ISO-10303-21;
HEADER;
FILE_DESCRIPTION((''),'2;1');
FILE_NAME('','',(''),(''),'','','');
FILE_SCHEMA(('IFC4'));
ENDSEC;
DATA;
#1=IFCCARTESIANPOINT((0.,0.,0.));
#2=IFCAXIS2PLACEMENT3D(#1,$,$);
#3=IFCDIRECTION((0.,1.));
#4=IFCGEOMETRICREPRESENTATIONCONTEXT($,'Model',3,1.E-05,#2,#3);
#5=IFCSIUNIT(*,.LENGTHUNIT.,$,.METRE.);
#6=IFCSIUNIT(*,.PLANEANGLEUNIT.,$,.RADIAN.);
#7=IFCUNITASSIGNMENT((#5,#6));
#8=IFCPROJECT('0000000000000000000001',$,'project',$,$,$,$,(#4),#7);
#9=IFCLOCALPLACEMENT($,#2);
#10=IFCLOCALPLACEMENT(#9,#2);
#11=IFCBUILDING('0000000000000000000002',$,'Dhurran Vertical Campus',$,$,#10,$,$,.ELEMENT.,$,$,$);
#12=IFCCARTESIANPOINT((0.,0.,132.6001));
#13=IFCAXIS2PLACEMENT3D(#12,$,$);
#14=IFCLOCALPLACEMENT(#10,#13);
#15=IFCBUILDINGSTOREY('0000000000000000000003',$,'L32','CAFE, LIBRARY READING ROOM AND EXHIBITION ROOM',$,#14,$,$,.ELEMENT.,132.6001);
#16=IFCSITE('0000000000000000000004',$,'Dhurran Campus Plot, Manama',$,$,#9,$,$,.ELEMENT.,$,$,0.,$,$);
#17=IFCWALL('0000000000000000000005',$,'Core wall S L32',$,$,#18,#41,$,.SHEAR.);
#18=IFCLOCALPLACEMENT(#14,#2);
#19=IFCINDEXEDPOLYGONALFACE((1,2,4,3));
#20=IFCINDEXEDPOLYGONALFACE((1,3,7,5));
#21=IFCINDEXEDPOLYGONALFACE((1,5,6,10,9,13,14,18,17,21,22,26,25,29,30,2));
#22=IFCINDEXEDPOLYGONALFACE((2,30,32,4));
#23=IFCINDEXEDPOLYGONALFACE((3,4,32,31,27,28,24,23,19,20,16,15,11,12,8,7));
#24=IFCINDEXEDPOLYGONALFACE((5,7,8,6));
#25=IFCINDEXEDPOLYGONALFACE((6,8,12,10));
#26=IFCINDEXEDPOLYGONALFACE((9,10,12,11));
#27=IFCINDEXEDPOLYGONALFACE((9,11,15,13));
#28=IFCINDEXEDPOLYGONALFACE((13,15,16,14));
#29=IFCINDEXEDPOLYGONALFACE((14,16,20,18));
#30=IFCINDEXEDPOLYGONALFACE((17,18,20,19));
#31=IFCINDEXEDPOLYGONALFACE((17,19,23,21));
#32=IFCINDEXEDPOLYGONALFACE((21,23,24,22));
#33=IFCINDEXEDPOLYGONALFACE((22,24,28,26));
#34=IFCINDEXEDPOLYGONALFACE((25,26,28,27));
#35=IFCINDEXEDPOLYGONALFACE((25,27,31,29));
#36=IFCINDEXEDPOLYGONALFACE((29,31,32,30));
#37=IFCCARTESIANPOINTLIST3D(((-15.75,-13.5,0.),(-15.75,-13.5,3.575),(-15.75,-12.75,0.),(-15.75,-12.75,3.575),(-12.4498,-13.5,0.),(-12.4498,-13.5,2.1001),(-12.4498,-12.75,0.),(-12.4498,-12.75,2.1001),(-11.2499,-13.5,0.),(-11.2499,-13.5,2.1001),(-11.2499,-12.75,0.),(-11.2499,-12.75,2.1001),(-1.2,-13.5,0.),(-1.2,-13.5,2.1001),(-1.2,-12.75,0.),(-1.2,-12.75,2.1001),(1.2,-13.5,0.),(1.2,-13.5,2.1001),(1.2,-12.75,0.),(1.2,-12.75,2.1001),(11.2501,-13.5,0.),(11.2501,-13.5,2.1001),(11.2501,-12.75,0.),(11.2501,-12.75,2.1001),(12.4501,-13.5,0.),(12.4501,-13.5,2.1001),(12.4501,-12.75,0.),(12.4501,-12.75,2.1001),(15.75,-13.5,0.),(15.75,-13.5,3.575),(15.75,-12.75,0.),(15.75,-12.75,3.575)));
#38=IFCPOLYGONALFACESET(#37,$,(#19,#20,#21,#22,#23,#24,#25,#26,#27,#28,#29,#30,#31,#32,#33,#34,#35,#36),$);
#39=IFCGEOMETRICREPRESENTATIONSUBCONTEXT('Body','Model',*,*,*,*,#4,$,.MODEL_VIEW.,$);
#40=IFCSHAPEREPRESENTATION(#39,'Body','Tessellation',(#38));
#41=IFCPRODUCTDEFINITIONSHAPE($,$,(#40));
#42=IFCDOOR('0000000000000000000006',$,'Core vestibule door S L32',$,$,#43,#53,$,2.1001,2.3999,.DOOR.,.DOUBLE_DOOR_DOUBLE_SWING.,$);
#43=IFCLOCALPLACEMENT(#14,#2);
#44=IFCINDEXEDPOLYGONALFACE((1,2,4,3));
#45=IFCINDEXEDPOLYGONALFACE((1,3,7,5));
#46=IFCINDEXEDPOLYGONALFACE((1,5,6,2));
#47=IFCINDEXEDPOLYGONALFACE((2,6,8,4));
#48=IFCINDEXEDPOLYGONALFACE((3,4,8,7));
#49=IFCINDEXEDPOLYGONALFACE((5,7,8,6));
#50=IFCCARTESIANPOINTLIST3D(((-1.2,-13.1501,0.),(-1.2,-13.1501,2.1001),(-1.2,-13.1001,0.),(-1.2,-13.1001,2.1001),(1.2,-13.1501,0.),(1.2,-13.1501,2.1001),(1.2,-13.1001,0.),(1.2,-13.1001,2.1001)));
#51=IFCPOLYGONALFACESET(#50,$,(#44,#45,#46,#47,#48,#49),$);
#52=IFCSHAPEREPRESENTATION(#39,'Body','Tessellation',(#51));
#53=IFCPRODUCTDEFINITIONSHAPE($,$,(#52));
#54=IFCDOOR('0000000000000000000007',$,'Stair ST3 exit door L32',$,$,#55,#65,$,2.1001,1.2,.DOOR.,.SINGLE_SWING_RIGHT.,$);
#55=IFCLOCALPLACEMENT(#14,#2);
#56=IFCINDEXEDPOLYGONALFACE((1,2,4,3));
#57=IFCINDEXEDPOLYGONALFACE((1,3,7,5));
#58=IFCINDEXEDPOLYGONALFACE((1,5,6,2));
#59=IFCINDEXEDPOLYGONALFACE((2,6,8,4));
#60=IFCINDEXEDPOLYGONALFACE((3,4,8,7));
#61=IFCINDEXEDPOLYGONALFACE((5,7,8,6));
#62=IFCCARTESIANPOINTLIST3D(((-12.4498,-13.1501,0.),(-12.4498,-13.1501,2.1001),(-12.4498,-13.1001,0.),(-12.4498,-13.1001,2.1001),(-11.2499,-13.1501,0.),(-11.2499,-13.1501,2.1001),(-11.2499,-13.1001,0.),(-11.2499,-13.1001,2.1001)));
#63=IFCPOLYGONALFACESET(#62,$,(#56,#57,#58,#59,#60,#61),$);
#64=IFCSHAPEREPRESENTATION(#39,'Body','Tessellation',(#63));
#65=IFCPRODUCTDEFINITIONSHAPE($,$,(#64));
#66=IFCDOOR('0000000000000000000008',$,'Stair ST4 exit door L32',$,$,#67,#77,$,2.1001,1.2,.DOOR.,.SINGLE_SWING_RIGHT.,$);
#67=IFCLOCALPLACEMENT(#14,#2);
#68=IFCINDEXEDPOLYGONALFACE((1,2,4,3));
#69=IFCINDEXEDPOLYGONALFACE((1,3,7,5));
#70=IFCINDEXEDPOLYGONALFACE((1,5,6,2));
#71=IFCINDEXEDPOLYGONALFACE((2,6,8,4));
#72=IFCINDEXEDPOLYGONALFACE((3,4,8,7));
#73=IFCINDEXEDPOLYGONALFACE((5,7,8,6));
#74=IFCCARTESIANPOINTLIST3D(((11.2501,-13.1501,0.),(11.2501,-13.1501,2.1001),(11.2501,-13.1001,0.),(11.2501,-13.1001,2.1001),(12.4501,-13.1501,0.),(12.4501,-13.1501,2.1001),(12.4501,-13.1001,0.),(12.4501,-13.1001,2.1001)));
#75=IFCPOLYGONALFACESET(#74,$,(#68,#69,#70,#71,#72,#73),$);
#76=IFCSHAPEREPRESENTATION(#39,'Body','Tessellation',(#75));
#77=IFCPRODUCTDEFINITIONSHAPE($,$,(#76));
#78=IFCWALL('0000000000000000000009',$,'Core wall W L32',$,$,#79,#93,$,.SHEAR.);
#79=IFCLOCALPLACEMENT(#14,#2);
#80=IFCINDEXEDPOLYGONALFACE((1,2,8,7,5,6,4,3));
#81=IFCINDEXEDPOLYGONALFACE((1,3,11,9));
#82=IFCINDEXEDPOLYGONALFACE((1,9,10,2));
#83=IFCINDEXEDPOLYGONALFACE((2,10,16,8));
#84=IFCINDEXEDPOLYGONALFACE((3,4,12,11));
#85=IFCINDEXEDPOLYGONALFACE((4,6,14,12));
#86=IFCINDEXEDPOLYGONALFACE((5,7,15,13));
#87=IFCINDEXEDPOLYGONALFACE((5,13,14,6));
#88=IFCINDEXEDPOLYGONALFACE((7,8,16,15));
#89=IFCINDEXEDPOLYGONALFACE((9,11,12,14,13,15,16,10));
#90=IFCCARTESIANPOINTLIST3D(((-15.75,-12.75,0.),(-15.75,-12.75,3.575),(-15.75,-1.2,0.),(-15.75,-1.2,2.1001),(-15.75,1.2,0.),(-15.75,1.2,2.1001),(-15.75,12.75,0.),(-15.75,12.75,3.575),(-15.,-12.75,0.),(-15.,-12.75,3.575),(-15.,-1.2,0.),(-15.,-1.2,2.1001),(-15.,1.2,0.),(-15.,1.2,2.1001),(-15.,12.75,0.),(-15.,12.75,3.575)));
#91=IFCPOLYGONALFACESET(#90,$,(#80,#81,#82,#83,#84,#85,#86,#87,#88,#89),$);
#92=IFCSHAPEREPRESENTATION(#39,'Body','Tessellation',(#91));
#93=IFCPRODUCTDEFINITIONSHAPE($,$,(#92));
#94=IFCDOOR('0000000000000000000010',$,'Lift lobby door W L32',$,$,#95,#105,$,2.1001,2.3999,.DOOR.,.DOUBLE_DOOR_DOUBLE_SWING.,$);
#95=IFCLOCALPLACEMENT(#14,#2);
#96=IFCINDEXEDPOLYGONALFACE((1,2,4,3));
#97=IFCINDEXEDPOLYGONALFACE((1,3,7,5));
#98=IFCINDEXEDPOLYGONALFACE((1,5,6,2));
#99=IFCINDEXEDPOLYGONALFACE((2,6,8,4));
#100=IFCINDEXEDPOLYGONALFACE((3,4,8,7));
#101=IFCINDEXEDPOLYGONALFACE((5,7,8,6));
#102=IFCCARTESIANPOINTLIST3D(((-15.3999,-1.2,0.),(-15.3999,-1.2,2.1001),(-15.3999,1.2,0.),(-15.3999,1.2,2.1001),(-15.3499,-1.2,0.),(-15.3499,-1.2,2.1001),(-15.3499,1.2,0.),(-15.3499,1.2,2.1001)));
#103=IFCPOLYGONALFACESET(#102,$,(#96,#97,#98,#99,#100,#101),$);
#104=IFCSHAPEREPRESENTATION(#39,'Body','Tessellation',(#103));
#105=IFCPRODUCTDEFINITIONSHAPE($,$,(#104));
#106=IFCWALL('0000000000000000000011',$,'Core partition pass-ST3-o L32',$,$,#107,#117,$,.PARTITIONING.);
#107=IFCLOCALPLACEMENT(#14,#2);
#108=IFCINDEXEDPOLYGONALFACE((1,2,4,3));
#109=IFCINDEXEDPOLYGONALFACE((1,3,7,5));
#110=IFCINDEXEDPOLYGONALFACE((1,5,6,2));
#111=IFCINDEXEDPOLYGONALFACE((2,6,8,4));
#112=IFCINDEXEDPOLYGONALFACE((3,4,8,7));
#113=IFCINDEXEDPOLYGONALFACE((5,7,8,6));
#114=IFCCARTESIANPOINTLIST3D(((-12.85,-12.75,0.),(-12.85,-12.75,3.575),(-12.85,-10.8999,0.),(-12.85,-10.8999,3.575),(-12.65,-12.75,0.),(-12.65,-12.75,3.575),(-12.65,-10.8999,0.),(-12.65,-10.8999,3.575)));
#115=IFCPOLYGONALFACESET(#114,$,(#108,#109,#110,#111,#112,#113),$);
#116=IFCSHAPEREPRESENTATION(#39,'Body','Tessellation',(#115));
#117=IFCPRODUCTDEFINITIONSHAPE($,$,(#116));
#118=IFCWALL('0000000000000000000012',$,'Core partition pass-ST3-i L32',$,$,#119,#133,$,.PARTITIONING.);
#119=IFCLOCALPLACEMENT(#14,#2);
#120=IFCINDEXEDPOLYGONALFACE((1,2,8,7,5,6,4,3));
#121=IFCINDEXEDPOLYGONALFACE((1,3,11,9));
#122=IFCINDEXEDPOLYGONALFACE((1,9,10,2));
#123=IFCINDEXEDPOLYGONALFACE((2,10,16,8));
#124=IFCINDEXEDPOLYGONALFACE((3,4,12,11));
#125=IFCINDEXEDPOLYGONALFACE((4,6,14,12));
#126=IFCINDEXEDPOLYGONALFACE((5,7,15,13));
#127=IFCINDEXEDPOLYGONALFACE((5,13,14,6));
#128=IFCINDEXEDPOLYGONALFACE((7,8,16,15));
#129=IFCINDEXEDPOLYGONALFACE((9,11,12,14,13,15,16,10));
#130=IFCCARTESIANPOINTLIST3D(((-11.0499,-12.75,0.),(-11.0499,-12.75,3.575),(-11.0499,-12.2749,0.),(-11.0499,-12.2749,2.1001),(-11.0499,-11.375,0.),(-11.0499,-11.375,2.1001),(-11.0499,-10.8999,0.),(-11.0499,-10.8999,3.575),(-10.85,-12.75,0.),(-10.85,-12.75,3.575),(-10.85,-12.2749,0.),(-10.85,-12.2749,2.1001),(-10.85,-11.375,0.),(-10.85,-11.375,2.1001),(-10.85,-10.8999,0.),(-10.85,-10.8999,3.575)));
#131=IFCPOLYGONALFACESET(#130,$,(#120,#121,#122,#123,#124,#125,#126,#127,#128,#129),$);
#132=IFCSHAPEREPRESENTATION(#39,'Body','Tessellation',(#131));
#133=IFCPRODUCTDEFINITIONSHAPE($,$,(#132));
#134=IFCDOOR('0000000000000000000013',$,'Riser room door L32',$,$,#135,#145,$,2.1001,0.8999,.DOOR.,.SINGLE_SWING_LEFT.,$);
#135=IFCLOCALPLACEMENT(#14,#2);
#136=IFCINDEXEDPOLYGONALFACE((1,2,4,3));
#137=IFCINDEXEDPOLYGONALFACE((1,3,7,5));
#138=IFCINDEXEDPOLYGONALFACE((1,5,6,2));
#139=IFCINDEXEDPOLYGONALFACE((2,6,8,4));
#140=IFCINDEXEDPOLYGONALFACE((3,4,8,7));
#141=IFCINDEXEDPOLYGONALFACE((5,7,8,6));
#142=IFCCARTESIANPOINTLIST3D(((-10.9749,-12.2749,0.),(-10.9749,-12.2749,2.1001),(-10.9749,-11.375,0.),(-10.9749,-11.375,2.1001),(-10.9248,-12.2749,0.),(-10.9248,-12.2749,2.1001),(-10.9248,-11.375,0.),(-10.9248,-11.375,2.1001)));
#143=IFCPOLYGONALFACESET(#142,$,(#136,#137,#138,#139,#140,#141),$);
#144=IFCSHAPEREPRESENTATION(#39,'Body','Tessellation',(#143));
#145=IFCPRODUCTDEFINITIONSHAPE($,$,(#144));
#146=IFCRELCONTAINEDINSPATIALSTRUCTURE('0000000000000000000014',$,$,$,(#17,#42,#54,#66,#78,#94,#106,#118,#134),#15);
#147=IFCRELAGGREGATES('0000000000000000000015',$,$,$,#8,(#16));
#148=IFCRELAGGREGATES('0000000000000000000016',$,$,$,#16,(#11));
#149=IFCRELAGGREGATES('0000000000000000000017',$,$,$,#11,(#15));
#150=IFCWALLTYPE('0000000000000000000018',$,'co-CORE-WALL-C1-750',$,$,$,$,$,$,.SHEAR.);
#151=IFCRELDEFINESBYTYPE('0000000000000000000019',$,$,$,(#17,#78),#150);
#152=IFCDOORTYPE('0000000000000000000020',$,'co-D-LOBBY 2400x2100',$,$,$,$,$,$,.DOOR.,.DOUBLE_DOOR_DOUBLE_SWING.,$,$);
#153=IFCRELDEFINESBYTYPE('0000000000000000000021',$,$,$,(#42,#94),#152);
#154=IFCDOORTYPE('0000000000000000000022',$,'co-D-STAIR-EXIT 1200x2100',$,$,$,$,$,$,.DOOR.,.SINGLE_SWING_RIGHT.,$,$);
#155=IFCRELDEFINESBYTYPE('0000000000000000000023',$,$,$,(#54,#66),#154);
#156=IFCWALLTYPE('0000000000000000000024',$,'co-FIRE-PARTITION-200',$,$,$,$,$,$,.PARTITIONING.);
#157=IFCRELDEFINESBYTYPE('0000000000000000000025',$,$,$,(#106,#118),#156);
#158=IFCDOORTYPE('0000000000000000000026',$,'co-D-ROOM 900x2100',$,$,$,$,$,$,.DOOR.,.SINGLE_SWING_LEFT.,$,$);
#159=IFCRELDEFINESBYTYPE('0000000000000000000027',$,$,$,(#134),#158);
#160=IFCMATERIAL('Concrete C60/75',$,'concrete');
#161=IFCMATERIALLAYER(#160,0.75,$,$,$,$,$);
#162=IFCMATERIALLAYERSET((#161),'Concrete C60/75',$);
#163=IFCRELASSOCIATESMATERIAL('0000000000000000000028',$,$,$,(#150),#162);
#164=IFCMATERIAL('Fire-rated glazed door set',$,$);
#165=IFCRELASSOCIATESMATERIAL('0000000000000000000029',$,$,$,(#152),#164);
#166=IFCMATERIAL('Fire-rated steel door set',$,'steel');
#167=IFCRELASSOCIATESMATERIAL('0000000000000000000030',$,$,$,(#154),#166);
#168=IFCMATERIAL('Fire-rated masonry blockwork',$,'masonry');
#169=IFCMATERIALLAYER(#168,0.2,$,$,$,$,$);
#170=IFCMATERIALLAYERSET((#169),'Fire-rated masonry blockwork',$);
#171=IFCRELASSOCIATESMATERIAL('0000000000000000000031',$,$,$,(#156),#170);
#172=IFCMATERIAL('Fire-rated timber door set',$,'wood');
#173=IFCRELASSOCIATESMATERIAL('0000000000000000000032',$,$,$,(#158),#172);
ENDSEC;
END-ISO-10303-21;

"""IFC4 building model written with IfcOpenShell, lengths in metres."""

from ifc_helpers import new_model, si_unit, direction, frame, frame_2d, origin, place, context, subcontext, project, spatial, rectangle, extrude, material, layer, layer_set, type_object, element, fill, save


model = new_model("IFC4")

# Units and contexts
model_context = context("Model", 3, precision=1e-05, world=origin(), true_north=direction((0.0, 1.0)))
body_context = subcontext(model_context, "Body", "Model", "MODEL_VIEW")
ifc_project = project(units=[si_unit("LENGTHUNIT", "METRE"), si_unit("PLANEANGLEUNIT", "RADIAN")], contexts=[model_context])

# Site, building, storey
site_placement = place(None, origin())
site = spatial("IfcSite", under=ifc_project, at=site_placement, Name="Dhurran Campus Plot, Manama", CompositionType="ELEMENT", RefElevation=0.0)
building_placement = place(site_placement, origin())
building = spatial("IfcBuilding", under=site, at=building_placement, Name="Dhurran Vertical Campus", CompositionType="ELEMENT")
storey_placement = place(building_placement, frame((0.0, 0.0, 132.6001)))
storey = spatial("IfcBuildingStorey", under=building, at=storey_placement, Name="L32", Description="CAFE, LIBRARY READING ROOM AND EXHIBITION ROOM", CompositionType="ELEMENT", Elevation=132.6001)

# Wall, openings, doors
ifc_material_1 = material(Name="Concrete C60/75", Category="concrete")
ifc_layer_1 = layer(ifc_material_1, 0.75)
ifc_layer_set_1 = layer_set([ifc_layer_1], Name="Concrete C60/75")
wall_type_1 = type_object("IfcWallType", Name="co-CORE-WALL-C1-750", PredefinedType="SHEAR", material=ifc_layer_set_1)
wall_1_placement = place(storey_placement, frame((-15.75, -13.125, 0.0), z_axis=(0.0, 0.0, 1.0), x_axis=(1.0, 0.0, 0.0)))
wall_1 = element("IfcWall", 1, at=wall_1_placement, inside=storey, type_object=wall_type_1, Name="Core wall S L32", PredefinedType="SHEAR", context=body_context, shape_type="SweptSolid", body=[
    extrude(rectangle(XDim=31.5, YDim=0.75, at=frame_2d((15.75, 0.0))), origin(), (0.0, 0.0, 1.0), 3.575),
])
opening_1_placement = place(wall_1_placement, frame((14.55, 0.0, 0.0)))
opening_1 = element("IfcOpeningElement", 2, at=opening_1_placement, cuts=wall_1, PredefinedType="OPENING", context=body_context, shape_type="SweptSolid", body=[
    extrude(rectangle(XDim=2.3999, YDim=2.1001, at=frame_2d((1.2, 1.05))), frame((0.0, 0.385, 0.0), z_axis=(0.0, -1.0, 0.0), x_axis=(1.0, 0.0, 0.0)), (0.0, 0.0, 1.0), 0.77),
])
opening_2_placement = place(wall_1_placement, frame((3.3, 0.0, 0.0)))
opening_2 = element("IfcOpeningElement", 3, at=opening_2_placement, cuts=wall_1, PredefinedType="OPENING", context=body_context, shape_type="SweptSolid", body=[
    extrude(rectangle(XDim=1.2, YDim=2.1001, at=frame_2d((0.6001, 1.05))), frame((0.0, 0.385, 0.0), z_axis=(0.0, -1.0, 0.0), x_axis=(1.0, 0.0, 0.0)), (0.0, 0.0, 1.0), 0.77),
])
opening_3_placement = place(wall_1_placement, frame((27.0, 0.0, 0.0)))
opening_3 = element("IfcOpeningElement", 4, at=opening_3_placement, cuts=wall_1, PredefinedType="OPENING", context=body_context, shape_type="SweptSolid", body=[
    extrude(rectangle(XDim=1.2, YDim=2.1001, at=frame_2d((0.6001, 1.05))), frame((0.0, 0.385, 0.0), z_axis=(0.0, -1.0, 0.0), x_axis=(1.0, 0.0, 0.0)), (0.0, 0.0, 1.0), 0.77),
])
ifc_material_2 = material(Name="Fire-rated glazed door set")
door_type_1 = type_object("IfcDoorType", Name="co-D-LOBBY 2400x2100", OperationType="DOUBLE_DOOR_DOUBLE_SWING", PredefinedType="DOOR", material=ifc_material_2)
door_1_placement = place(opening_1_placement, origin())
door_1 = element("IfcDoor", 5, at=door_1_placement, inside=storey, type_object=door_type_1, Name="Core vestibule door S L32", OperationType="DOUBLE_DOOR_DOUBLE_SWING", OverallHeight=2.1001, OverallWidth=2.3999, PredefinedType="DOOR", context=body_context, shape_type="SweptSolid", body=[
    extrude(rectangle(XDim=2.3999, YDim=2.1001, at=frame_2d((1.2, 1.05))), frame((0.0, 0.0249, 0.0), z_axis=(0.0, -1.0, 0.0), x_axis=(1.0, 0.0, 0.0)), (0.0, 0.0, 1.0), 0.05),
])
fill(opening_1, door_1)
ifc_material_3 = material(Name="Fire-rated steel door set", Category="steel")
door_type_2 = type_object("IfcDoorType", Name="co-D-STAIR-EXIT 1200x2100", OperationType="SINGLE_SWING_RIGHT", PredefinedType="DOOR", material=ifc_material_3)
door_2_placement = place(opening_2_placement, origin())
door_2 = element("IfcDoor", 6, at=door_2_placement, inside=storey, type_object=door_type_2, Name="Stair ST3 exit door L32", OperationType="SINGLE_SWING_RIGHT", OverallHeight=2.1001, OverallWidth=1.2, PredefinedType="DOOR", context=body_context, shape_type="SweptSolid", body=[
    extrude(rectangle(XDim=1.2, YDim=2.1001, at=frame_2d((0.6001, 1.05))), frame((0.0, 0.0249, 0.0), z_axis=(0.0, -1.0, 0.0), x_axis=(1.0, 0.0, 0.0)), (0.0, 0.0, 1.0), 0.05),
])
fill(opening_2, door_2)
door_3_placement = place(opening_3_placement, origin())
door_3 = element("IfcDoor", 7, at=door_3_placement, inside=storey, type_object=door_type_2, Name="Stair ST4 exit door L32", OperationType="SINGLE_SWING_RIGHT", OverallHeight=2.1001, OverallWidth=1.2, PredefinedType="DOOR", context=body_context, shape_type="SweptSolid", body=[
    extrude(rectangle(XDim=1.2, YDim=2.1001, at=frame_2d((0.6001, 1.05))), frame((0.0, 0.0249, 0.0), z_axis=(0.0, -1.0, 0.0), x_axis=(1.0, 0.0, 0.0)), (0.0, 0.0, 1.0), 0.05),
])
fill(opening_3, door_3)

# Wall, opening, door
wall_2_placement = place(storey_placement, frame((-15.375, -12.75, 0.0), z_axis=(0.0, 0.0, 1.0), x_axis=(0.0, 1.0, 0.0)))
wall_2 = element("IfcWall", 8, at=wall_2_placement, inside=storey, type_object=wall_type_1, Name="Core wall W L32", PredefinedType="SHEAR", context=body_context, shape_type="SweptSolid", body=[
    extrude(rectangle(XDim=25.5, YDim=0.75, at=frame_2d((12.75, 0.0))), origin(), (0.0, 0.0, 1.0), 3.575),
])
opening_4_placement = place(wall_2_placement, frame((11.55, 0.0, 0.0)))
opening_4 = element("IfcOpeningElement", 9, at=opening_4_placement, cuts=wall_2, PredefinedType="OPENING", context=body_context, shape_type="SweptSolid", body=[
    extrude(rectangle(XDim=2.3999, YDim=2.1001, at=frame_2d((1.2, 1.05))), frame((0.0, 0.385, 0.0), z_axis=(0.0, -1.0, 0.0), x_axis=(1.0, 0.0, 0.0)), (0.0, 0.0, 1.0), 0.77),
])
door_4_placement = place(opening_4_placement, origin())
door_4 = element("IfcDoor", 10, at=door_4_placement, inside=storey, type_object=door_type_1, Name="Lift lobby door W L32", OperationType="DOUBLE_DOOR_DOUBLE_SWING", OverallHeight=2.1001, OverallWidth=2.3999, PredefinedType="DOOR", context=body_context, shape_type="SweptSolid", body=[
    extrude(rectangle(XDim=2.3999, YDim=2.1001, at=frame_2d((1.2, 1.05))), frame((0.0, 0.0249, 0.0), z_axis=(0.0, -1.0, 0.0), x_axis=(1.0, 0.0, 0.0)), (0.0, 0.0, 1.0), 0.05),
])
fill(opening_4, door_4)

# Wall
ifc_material_4 = material(Name="Fire-rated masonry blockwork", Category="masonry")
ifc_layer_2 = layer(ifc_material_4, 0.2)
ifc_layer_set_2 = layer_set([ifc_layer_2], Name="Fire-rated masonry blockwork")
wall_type_2 = type_object("IfcWallType", Name="co-FIRE-PARTITION-200", PredefinedType="PARTITIONING", material=ifc_layer_set_2)
wall_3_placement = place(storey_placement, frame((-12.75, -12.75, 0.0), z_axis=(0.0, 0.0, 1.0), x_axis=(0.0, 1.0, 0.0)))
element("IfcWall", 11, at=wall_3_placement, inside=storey, type_object=wall_type_2, Name="Core partition pass-ST3-o L32", PredefinedType="PARTITIONING", context=body_context, shape_type="SweptSolid", body=[
    extrude(rectangle(XDim=1.8501, YDim=0.2, at=frame_2d((0.925, 0.0))), origin(), (0.0, 0.0, 1.0), 3.575),
])

# Wall, opening, door
wall_4_placement = place(storey_placement, frame((-10.95, -12.75, 0.0), z_axis=(0.0, 0.0, 1.0), x_axis=(0.0, 1.0, 0.0)))
wall_4 = element("IfcWall", 12, at=wall_4_placement, inside=storey, type_object=wall_type_2, Name="Core partition pass-ST3-i L32", PredefinedType="PARTITIONING", context=body_context, shape_type="SweptSolid", body=[
    extrude(rectangle(XDim=1.8501, YDim=0.2, at=frame_2d((0.925, 0.0))), origin(), (0.0, 0.0, 1.0), 3.575),
])
opening_5_placement = place(wall_4_placement, frame((0.4751, 0.0, 0.0)))
opening_5 = element("IfcOpeningElement", 13, at=opening_5_placement, cuts=wall_4, PredefinedType="OPENING", context=body_context, shape_type="SweptSolid", body=[
    extrude(rectangle(XDim=0.8999, YDim=2.1001, at=frame_2d((0.45, 1.05))), frame((0.0, 0.1099, 0.0), z_axis=(0.0, -1.0, 0.0), x_axis=(1.0, 0.0, 0.0)), (0.0, 0.0, 1.0), 0.22),
])
ifc_material_5 = material(Name="Fire-rated timber door set", Category="wood")
door_type_3 = type_object("IfcDoorType", Name="co-D-ROOM 900x2100", OperationType="SINGLE_SWING_LEFT", PredefinedType="DOOR", material=ifc_material_5)
door_5_placement = place(opening_5_placement, origin())
door_5 = element("IfcDoor", 14, at=door_5_placement, inside=storey, type_object=door_type_3, Name="Riser room door L32", OperationType="SINGLE_SWING_LEFT", OverallHeight=2.1001, OverallWidth=0.8999, PredefinedType="DOOR", context=body_context, shape_type="SweptSolid", body=[
    extrude(rectangle(XDim=0.8999, YDim=2.1001, at=frame_2d((0.45, 1.05))), frame((0.0, 0.0249, 0.0), z_axis=(0.0, -1.0, 0.0), x_axis=(1.0, 0.0, 0.0)), (0.0, 0.0, 1.0), 0.05),
])
fill(opening_5, door_5)

save(model, "model.ifc")
